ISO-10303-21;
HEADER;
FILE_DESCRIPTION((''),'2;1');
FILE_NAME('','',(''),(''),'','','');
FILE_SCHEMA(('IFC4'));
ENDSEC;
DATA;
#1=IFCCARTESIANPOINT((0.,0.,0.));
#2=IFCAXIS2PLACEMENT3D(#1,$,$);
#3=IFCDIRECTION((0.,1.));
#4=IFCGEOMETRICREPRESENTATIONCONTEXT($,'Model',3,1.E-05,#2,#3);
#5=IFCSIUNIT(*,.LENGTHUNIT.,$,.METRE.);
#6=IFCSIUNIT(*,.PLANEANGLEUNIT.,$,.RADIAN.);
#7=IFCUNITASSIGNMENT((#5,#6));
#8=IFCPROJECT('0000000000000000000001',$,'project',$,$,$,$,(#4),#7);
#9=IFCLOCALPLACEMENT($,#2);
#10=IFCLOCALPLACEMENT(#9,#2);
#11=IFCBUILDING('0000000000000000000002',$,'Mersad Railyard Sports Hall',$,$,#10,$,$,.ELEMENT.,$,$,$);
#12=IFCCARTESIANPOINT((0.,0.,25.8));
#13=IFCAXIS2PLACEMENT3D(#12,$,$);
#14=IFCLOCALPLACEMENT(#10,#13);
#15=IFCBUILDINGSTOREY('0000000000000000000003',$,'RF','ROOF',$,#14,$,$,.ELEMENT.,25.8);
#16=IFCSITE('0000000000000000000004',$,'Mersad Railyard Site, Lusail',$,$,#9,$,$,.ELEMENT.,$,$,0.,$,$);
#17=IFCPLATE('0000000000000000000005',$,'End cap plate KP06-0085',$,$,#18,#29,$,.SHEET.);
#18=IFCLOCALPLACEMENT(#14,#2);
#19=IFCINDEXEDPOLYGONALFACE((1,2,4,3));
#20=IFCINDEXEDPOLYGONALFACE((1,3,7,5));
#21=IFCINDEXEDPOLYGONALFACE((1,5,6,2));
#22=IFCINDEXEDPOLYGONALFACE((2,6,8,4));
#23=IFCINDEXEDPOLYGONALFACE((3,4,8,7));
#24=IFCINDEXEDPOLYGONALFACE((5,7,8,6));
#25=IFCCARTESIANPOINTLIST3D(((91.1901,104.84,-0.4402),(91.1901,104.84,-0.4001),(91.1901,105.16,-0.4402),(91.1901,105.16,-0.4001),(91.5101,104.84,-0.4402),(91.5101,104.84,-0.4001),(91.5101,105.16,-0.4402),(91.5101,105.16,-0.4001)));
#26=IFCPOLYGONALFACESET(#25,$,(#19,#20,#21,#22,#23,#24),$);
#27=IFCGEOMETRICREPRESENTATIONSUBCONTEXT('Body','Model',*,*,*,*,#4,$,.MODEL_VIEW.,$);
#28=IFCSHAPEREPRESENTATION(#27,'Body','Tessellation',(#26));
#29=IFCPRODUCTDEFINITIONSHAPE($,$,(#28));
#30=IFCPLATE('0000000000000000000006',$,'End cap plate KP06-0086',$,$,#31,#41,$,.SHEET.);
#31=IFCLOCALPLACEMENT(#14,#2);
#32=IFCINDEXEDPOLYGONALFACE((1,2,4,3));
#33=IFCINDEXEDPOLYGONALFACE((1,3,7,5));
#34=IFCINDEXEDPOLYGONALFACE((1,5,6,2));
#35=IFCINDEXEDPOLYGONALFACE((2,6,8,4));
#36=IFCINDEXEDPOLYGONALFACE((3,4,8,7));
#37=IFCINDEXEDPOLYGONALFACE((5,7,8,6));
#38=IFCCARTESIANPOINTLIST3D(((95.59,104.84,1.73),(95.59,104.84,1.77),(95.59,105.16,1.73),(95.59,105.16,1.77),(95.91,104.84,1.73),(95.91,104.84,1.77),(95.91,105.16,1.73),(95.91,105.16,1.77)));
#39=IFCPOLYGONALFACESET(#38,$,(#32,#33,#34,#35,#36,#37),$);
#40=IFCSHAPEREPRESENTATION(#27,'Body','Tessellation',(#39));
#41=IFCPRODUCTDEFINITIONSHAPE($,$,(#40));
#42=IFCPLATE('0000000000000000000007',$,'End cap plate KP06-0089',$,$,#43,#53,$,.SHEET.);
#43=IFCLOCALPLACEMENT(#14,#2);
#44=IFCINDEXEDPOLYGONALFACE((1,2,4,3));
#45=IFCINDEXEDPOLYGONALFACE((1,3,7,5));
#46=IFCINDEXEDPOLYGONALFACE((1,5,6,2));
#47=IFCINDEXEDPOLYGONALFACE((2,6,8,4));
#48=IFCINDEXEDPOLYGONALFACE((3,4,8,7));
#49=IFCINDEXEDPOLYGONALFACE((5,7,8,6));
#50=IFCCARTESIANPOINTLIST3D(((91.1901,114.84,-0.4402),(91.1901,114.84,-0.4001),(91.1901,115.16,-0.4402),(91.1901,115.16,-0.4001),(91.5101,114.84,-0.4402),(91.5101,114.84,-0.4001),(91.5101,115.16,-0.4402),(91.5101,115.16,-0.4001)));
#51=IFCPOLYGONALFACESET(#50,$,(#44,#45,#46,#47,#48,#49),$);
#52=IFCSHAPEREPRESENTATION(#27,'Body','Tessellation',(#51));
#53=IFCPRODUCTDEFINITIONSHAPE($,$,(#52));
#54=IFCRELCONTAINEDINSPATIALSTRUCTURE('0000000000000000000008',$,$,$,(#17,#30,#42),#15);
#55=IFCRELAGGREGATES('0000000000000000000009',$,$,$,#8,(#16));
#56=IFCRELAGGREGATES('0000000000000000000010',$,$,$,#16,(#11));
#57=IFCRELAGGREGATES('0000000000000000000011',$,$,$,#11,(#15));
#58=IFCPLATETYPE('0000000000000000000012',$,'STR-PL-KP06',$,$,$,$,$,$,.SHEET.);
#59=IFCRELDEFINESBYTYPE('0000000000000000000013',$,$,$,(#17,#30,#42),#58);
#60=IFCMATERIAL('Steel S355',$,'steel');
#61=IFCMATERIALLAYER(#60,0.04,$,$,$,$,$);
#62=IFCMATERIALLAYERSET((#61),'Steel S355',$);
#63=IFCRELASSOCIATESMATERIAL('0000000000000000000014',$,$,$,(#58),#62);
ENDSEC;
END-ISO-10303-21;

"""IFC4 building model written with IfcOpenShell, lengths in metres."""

from ifc_helpers import new_model, si_unit, direction, frame, origin, origin_2d, place, context, subcontext, project, spatial, rectangle, extrude, material, layer, layer_set, type_object, element, save


model = new_model("IFC4")

# Units and contexts
model_context = context("Model", 3, precision=1e-05, world=origin(), true_north=direction((0.0, 1.0)))
body_context = subcontext(model_context, "Body", "Model", "MODEL_VIEW")
ifc_project = project(units=[si_unit("LENGTHUNIT", "METRE"), si_unit("PLANEANGLEUNIT", "RADIAN")], contexts=[model_context])

# Site, building, storey
site_placement = place(None, origin())
site = spatial("IfcSite", under=ifc_project, at=site_placement, Name="Mersad Railyard Site, Lusail", CompositionType="ELEMENT", RefElevation=0.0)
building_placement = place(site_placement, origin())
building = spatial("IfcBuilding", under=site, at=building_placement, Name="Mersad Railyard Sports Hall", CompositionType="ELEMENT")
storey_placement = place(building_placement, frame((0.0, 0.0, 25.8)))
storey = spatial("IfcBuildingStorey", under=building, at=storey_placement, Name="RF", Description="ROOF", CompositionType="ELEMENT", Elevation=25.8)

# Shared definitions
ifc_material_1 = material(Name="Steel S355", Category="steel")

# Plates
ifc_layer_1 = layer(ifc_material_1, 0.04)
ifc_layer_set_1 = layer_set([ifc_layer_1], Name="Steel S355")
plate_type_1 = type_object("IfcPlateType", Name="STR-PL-KP06", PredefinedType="SHEET", material=ifc_layer_set_1)
for number, where, z_axis, x_axis, name in (
    (1, (91.3501, 105.0, -0.4402), (0.0, 0.0, 1.0), (1.0, 0.0, 0.0), "End cap plate KP06-0085"),
    (2, (95.75, 105.0, 1.73), (0.0, 0.0, 1.0), (1.0, 0.0, 0.0), "End cap plate KP06-0086"),
    (3, (91.3501, 115.0, -0.4402), (0.0, 0.0, 1.0), (1.0, 0.0, 0.0), "End cap plate KP06-0089"),
):
    element("IfcPlate", number, at=place(storey_placement, frame(where, z_axis=z_axis, x_axis=x_axis)), inside=storey, type_object=plate_type_1, Name=name, PredefinedType="SHEET", context=body_context, shape_type="SweptSolid", body=[
        extrude(rectangle(XDim=0.3201, YDim=0.3201, at=origin_2d()), origin(), (0.0, 0.0, 1.0), 0.04),
    ])

save(model, "model.ifc")
